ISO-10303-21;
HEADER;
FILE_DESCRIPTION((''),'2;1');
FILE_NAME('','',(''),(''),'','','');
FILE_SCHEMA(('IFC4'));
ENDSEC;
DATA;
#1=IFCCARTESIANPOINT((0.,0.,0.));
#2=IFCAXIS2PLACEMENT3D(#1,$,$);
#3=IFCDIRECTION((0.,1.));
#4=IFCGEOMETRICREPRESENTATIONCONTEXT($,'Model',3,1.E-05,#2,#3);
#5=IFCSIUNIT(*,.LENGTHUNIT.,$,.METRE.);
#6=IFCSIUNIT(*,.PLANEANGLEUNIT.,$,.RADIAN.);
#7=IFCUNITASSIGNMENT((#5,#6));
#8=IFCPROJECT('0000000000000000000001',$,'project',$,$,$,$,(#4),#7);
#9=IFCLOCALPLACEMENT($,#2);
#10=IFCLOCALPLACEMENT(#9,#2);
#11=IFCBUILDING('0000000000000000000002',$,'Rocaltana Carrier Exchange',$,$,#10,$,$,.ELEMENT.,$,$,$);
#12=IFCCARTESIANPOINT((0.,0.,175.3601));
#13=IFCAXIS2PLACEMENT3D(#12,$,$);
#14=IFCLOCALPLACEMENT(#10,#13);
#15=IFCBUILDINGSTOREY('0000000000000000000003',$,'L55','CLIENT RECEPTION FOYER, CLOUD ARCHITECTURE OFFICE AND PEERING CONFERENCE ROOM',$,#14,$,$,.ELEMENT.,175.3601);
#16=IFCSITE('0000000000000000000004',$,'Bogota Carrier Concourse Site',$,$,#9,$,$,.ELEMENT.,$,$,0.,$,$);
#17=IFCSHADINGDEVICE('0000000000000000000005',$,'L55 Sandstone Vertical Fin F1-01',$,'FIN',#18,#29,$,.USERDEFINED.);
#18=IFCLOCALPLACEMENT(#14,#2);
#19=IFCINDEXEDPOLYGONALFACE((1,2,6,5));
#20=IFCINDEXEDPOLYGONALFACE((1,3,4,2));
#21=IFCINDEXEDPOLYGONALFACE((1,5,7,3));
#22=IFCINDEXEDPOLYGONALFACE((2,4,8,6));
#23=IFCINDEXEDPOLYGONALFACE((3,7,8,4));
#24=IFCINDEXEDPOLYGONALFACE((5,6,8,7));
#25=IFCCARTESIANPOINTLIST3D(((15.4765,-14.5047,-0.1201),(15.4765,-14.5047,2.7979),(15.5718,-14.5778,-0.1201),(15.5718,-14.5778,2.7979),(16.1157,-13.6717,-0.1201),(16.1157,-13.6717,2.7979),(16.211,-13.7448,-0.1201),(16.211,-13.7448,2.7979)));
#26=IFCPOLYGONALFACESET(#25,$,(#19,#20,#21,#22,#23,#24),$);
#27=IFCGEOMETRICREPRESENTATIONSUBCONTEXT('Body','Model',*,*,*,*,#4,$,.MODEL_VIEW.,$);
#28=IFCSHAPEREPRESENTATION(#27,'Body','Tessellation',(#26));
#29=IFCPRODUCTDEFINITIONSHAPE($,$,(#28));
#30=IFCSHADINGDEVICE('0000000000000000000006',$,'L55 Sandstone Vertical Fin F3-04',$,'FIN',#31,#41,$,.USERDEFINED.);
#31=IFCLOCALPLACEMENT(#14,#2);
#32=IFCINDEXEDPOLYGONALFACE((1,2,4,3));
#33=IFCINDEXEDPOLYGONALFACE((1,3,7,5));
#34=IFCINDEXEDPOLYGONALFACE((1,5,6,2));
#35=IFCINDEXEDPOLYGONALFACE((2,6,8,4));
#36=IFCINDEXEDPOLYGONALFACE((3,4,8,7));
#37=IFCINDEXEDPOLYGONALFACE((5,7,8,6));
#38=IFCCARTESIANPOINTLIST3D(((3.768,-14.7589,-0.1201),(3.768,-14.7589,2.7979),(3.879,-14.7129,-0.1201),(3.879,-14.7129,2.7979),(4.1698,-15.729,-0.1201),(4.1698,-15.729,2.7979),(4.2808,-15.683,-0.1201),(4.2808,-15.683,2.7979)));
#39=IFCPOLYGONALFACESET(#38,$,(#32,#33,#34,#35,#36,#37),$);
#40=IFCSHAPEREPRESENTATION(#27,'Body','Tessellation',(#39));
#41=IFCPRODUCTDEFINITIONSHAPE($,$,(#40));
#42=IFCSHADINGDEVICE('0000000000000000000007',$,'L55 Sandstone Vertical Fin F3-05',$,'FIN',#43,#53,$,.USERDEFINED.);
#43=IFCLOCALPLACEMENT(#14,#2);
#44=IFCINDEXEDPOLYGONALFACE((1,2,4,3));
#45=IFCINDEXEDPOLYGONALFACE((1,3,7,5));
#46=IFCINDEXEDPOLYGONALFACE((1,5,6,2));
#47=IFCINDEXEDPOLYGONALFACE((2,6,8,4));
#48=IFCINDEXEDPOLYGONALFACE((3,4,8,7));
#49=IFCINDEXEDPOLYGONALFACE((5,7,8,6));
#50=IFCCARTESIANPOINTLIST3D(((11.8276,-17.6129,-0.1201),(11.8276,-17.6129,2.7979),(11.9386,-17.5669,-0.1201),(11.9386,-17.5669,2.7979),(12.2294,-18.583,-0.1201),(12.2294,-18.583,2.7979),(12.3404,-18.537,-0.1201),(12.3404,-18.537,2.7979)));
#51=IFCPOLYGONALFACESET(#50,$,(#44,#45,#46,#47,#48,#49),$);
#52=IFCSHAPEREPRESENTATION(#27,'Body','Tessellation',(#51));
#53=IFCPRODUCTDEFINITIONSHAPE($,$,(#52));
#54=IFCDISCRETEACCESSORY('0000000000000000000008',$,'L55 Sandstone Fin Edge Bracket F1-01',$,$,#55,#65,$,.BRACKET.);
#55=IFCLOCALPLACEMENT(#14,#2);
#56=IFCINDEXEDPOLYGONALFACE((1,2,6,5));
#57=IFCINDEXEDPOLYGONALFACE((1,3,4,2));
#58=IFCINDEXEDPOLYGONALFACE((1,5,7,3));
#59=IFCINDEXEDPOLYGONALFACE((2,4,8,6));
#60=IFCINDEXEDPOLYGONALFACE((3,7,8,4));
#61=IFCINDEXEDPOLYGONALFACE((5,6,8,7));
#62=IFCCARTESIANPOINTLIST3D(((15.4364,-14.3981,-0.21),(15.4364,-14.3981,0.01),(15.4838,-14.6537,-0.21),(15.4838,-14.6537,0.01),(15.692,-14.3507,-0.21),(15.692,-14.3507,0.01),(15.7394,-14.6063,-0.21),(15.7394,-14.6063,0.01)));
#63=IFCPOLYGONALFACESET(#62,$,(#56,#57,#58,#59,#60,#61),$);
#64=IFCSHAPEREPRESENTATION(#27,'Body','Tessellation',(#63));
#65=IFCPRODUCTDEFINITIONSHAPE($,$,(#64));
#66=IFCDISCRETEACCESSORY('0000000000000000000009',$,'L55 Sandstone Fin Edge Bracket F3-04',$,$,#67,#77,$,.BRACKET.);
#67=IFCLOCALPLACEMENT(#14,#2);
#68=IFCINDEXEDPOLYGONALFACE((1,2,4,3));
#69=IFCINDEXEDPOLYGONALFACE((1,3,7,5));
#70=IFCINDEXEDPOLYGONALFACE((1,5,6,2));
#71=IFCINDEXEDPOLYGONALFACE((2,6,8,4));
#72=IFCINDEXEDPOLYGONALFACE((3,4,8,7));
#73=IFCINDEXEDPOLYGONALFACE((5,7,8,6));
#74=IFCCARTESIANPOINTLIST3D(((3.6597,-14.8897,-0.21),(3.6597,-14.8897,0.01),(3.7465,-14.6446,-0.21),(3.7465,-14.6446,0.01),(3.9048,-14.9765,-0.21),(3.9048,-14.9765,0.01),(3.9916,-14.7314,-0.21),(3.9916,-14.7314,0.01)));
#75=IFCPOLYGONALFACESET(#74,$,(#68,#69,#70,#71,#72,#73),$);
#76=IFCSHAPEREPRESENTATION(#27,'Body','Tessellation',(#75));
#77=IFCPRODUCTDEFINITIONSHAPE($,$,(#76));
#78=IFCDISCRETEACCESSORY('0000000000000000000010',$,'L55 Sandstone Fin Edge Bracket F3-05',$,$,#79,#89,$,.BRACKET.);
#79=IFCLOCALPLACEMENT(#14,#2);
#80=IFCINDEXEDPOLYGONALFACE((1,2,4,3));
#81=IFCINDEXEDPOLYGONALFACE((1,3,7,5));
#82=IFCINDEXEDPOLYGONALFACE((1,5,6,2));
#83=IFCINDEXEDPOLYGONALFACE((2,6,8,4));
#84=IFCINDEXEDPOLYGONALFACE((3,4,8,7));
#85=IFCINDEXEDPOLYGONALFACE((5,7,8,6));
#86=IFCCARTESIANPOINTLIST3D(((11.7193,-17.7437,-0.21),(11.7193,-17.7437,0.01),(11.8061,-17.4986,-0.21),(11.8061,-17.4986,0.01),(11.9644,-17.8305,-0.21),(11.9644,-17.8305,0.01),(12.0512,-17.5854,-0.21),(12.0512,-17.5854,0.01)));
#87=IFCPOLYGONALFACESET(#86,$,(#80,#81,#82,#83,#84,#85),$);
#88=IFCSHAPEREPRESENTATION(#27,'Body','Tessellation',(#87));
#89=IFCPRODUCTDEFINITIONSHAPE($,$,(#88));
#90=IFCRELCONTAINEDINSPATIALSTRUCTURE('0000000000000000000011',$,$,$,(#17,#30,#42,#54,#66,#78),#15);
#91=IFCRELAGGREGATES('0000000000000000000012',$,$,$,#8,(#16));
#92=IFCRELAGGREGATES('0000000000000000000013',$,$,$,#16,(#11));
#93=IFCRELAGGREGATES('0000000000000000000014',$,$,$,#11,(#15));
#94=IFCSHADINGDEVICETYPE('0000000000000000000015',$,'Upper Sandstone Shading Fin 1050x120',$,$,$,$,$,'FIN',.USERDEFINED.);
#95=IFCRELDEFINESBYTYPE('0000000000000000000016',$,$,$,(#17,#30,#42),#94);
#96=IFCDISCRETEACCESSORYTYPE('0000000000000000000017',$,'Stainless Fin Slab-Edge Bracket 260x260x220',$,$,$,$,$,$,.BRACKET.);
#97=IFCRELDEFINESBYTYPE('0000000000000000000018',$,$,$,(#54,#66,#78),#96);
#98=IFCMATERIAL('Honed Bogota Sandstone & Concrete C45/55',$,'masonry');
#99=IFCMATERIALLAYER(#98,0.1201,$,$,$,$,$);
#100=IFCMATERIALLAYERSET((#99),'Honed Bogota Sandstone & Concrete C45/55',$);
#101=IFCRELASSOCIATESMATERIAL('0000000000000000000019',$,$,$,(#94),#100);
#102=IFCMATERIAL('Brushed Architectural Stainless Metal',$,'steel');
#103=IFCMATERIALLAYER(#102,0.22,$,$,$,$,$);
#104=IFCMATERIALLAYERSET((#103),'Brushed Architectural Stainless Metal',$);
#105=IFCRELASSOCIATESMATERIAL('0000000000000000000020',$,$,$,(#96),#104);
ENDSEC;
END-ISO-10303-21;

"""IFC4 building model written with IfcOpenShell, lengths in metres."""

from ifc_helpers import new_model, si_unit, direction, frame, origin, origin_2d, place, context, subcontext, project, spatial, rectangle, extrude, material, layer, layer_set, type_object, element, save


model = new_model("IFC4")

# Units and contexts
model_context = context("Model", 3, precision=1e-05, world=origin(), true_north=direction((0.0, 1.0)))
body_context = subcontext(model_context, "Body", "Model", "MODEL_VIEW")
ifc_project = project(units=[si_unit("LENGTHUNIT", "METRE"), si_unit("PLANEANGLEUNIT", "RADIAN")], contexts=[model_context])

# Site, building, storey
site_placement = place(None, origin())
site = spatial("IfcSite", under=ifc_project, at=site_placement, Name="Bogota Carrier Concourse Site", CompositionType="ELEMENT", RefElevation=0.0)
building_placement = place(site_placement, origin())
building = spatial("IfcBuilding", under=site, at=building_placement, Name="Rocaltana Carrier Exchange", CompositionType="ELEMENT")
storey_placement = place(building_placement, frame((0.0, 0.0, 175.3601)))
storey = spatial("IfcBuildingStorey", under=building, at=storey_placement, Name="L55", Description="CLIENT RECEPTION FOYER, CLOUD ARCHITECTURE OFFICE AND PEERING CONFERENCE ROOM", CompositionType="ELEMENT", Elevation=175.3601)

# Shading devices
ifc_material_1 = material(Name="Honed Bogota Sandstone & Concrete C45/55", Category="masonry")
ifc_layer_1 = layer(ifc_material_1, 0.1201)
ifc_layer_set_1 = layer_set([ifc_layer_1], Name="Honed Bogota Sandstone & Concrete C45/55")
shading_device_type = type_object("IfcShadingDeviceType", Name="Upper Sandstone Shading Fin 1050x120", ElementType="FIN", PredefinedType="USERDEFINED", material=ifc_layer_set_1)
for number, where, z_axis, x_axis, name in (
    (1, (15.8438, -14.1248, -0.1201), (0.0, 0.0, 1.0), (0.608761, 0.793353, 0.0), "L55 Sandstone Vertical Fin F1-01"),
    (2, (4.0244, -15.2209, -0.1201), (0.0, 0.0, 1.0), (0.382683, -0.92388, 0.0), "L55 Sandstone Vertical Fin F3-04"),
    (3, (12.084, -18.075, -0.1201), (0.0, 0.0, 1.0), (0.382683, -0.92388, 0.0), "L55 Sandstone Vertical Fin F3-05"),
):
    element("IfcShadingDevice", number, at=place(storey_placement, frame(where, z_axis=z_axis, x_axis=x_axis)), inside=storey, type_object=shading_device_type, Name=name, ObjectType="FIN", PredefinedType="USERDEFINED", context=body_context, shape_type="SweptSolid", body=[
        extrude(rectangle(XDim=1.05, YDim=0.1201, at=origin_2d()), origin(), (0.0, 0.0, 1.0), 2.918),
    ])

# Discrete accessories
ifc_material_2 = material(Name="Brushed Architectural Stainless Metal", Category="steel")
ifc_layer_2 = layer(ifc_material_2, 0.22)
ifc_layer_set_2 = layer_set([ifc_layer_2], Name="Brushed Architectural Stainless Metal")
discrete_accessory_type = type_object("IfcDiscreteAccessoryType", Name="Stainless Fin Slab-Edge Bracket 260x260x220", PredefinedType="BRACKET", material=ifc_layer_set_2)
for number, where, z_axis, x_axis, name in (
    (4, (15.5879, -14.5022, -0.21), (0.0, 0.0, 1.0), (-0.182236, 0.983255, 0.0), "L55 Sandstone Fin Edge Bracket F1-01"),
    (5, (3.8257, -14.8105, -0.21), (0.0, 0.0, 1.0), (0.942641, -0.333807, 0.0), "L55 Sandstone Fin Edge Bracket F3-04"),
    (6, (11.8853, -17.6646, -0.21), (0.0, 0.0, 1.0), (0.942641, -0.333807, 0.0), "L55 Sandstone Fin Edge Bracket F3-05"),
):
    element("IfcDiscreteAccessory", number, at=place(storey_placement, frame(where, z_axis=z_axis, x_axis=x_axis)), inside=storey, type_object=discrete_accessory_type, Name=name, PredefinedType="BRACKET", context=body_context, shape_type="SweptSolid", body=[
        extrude(rectangle(XDim=0.26, YDim=0.26, at=origin_2d()), origin(), (0.0, 0.0, 1.0), 0.22),
    ])

save(model, "model.ifc")
